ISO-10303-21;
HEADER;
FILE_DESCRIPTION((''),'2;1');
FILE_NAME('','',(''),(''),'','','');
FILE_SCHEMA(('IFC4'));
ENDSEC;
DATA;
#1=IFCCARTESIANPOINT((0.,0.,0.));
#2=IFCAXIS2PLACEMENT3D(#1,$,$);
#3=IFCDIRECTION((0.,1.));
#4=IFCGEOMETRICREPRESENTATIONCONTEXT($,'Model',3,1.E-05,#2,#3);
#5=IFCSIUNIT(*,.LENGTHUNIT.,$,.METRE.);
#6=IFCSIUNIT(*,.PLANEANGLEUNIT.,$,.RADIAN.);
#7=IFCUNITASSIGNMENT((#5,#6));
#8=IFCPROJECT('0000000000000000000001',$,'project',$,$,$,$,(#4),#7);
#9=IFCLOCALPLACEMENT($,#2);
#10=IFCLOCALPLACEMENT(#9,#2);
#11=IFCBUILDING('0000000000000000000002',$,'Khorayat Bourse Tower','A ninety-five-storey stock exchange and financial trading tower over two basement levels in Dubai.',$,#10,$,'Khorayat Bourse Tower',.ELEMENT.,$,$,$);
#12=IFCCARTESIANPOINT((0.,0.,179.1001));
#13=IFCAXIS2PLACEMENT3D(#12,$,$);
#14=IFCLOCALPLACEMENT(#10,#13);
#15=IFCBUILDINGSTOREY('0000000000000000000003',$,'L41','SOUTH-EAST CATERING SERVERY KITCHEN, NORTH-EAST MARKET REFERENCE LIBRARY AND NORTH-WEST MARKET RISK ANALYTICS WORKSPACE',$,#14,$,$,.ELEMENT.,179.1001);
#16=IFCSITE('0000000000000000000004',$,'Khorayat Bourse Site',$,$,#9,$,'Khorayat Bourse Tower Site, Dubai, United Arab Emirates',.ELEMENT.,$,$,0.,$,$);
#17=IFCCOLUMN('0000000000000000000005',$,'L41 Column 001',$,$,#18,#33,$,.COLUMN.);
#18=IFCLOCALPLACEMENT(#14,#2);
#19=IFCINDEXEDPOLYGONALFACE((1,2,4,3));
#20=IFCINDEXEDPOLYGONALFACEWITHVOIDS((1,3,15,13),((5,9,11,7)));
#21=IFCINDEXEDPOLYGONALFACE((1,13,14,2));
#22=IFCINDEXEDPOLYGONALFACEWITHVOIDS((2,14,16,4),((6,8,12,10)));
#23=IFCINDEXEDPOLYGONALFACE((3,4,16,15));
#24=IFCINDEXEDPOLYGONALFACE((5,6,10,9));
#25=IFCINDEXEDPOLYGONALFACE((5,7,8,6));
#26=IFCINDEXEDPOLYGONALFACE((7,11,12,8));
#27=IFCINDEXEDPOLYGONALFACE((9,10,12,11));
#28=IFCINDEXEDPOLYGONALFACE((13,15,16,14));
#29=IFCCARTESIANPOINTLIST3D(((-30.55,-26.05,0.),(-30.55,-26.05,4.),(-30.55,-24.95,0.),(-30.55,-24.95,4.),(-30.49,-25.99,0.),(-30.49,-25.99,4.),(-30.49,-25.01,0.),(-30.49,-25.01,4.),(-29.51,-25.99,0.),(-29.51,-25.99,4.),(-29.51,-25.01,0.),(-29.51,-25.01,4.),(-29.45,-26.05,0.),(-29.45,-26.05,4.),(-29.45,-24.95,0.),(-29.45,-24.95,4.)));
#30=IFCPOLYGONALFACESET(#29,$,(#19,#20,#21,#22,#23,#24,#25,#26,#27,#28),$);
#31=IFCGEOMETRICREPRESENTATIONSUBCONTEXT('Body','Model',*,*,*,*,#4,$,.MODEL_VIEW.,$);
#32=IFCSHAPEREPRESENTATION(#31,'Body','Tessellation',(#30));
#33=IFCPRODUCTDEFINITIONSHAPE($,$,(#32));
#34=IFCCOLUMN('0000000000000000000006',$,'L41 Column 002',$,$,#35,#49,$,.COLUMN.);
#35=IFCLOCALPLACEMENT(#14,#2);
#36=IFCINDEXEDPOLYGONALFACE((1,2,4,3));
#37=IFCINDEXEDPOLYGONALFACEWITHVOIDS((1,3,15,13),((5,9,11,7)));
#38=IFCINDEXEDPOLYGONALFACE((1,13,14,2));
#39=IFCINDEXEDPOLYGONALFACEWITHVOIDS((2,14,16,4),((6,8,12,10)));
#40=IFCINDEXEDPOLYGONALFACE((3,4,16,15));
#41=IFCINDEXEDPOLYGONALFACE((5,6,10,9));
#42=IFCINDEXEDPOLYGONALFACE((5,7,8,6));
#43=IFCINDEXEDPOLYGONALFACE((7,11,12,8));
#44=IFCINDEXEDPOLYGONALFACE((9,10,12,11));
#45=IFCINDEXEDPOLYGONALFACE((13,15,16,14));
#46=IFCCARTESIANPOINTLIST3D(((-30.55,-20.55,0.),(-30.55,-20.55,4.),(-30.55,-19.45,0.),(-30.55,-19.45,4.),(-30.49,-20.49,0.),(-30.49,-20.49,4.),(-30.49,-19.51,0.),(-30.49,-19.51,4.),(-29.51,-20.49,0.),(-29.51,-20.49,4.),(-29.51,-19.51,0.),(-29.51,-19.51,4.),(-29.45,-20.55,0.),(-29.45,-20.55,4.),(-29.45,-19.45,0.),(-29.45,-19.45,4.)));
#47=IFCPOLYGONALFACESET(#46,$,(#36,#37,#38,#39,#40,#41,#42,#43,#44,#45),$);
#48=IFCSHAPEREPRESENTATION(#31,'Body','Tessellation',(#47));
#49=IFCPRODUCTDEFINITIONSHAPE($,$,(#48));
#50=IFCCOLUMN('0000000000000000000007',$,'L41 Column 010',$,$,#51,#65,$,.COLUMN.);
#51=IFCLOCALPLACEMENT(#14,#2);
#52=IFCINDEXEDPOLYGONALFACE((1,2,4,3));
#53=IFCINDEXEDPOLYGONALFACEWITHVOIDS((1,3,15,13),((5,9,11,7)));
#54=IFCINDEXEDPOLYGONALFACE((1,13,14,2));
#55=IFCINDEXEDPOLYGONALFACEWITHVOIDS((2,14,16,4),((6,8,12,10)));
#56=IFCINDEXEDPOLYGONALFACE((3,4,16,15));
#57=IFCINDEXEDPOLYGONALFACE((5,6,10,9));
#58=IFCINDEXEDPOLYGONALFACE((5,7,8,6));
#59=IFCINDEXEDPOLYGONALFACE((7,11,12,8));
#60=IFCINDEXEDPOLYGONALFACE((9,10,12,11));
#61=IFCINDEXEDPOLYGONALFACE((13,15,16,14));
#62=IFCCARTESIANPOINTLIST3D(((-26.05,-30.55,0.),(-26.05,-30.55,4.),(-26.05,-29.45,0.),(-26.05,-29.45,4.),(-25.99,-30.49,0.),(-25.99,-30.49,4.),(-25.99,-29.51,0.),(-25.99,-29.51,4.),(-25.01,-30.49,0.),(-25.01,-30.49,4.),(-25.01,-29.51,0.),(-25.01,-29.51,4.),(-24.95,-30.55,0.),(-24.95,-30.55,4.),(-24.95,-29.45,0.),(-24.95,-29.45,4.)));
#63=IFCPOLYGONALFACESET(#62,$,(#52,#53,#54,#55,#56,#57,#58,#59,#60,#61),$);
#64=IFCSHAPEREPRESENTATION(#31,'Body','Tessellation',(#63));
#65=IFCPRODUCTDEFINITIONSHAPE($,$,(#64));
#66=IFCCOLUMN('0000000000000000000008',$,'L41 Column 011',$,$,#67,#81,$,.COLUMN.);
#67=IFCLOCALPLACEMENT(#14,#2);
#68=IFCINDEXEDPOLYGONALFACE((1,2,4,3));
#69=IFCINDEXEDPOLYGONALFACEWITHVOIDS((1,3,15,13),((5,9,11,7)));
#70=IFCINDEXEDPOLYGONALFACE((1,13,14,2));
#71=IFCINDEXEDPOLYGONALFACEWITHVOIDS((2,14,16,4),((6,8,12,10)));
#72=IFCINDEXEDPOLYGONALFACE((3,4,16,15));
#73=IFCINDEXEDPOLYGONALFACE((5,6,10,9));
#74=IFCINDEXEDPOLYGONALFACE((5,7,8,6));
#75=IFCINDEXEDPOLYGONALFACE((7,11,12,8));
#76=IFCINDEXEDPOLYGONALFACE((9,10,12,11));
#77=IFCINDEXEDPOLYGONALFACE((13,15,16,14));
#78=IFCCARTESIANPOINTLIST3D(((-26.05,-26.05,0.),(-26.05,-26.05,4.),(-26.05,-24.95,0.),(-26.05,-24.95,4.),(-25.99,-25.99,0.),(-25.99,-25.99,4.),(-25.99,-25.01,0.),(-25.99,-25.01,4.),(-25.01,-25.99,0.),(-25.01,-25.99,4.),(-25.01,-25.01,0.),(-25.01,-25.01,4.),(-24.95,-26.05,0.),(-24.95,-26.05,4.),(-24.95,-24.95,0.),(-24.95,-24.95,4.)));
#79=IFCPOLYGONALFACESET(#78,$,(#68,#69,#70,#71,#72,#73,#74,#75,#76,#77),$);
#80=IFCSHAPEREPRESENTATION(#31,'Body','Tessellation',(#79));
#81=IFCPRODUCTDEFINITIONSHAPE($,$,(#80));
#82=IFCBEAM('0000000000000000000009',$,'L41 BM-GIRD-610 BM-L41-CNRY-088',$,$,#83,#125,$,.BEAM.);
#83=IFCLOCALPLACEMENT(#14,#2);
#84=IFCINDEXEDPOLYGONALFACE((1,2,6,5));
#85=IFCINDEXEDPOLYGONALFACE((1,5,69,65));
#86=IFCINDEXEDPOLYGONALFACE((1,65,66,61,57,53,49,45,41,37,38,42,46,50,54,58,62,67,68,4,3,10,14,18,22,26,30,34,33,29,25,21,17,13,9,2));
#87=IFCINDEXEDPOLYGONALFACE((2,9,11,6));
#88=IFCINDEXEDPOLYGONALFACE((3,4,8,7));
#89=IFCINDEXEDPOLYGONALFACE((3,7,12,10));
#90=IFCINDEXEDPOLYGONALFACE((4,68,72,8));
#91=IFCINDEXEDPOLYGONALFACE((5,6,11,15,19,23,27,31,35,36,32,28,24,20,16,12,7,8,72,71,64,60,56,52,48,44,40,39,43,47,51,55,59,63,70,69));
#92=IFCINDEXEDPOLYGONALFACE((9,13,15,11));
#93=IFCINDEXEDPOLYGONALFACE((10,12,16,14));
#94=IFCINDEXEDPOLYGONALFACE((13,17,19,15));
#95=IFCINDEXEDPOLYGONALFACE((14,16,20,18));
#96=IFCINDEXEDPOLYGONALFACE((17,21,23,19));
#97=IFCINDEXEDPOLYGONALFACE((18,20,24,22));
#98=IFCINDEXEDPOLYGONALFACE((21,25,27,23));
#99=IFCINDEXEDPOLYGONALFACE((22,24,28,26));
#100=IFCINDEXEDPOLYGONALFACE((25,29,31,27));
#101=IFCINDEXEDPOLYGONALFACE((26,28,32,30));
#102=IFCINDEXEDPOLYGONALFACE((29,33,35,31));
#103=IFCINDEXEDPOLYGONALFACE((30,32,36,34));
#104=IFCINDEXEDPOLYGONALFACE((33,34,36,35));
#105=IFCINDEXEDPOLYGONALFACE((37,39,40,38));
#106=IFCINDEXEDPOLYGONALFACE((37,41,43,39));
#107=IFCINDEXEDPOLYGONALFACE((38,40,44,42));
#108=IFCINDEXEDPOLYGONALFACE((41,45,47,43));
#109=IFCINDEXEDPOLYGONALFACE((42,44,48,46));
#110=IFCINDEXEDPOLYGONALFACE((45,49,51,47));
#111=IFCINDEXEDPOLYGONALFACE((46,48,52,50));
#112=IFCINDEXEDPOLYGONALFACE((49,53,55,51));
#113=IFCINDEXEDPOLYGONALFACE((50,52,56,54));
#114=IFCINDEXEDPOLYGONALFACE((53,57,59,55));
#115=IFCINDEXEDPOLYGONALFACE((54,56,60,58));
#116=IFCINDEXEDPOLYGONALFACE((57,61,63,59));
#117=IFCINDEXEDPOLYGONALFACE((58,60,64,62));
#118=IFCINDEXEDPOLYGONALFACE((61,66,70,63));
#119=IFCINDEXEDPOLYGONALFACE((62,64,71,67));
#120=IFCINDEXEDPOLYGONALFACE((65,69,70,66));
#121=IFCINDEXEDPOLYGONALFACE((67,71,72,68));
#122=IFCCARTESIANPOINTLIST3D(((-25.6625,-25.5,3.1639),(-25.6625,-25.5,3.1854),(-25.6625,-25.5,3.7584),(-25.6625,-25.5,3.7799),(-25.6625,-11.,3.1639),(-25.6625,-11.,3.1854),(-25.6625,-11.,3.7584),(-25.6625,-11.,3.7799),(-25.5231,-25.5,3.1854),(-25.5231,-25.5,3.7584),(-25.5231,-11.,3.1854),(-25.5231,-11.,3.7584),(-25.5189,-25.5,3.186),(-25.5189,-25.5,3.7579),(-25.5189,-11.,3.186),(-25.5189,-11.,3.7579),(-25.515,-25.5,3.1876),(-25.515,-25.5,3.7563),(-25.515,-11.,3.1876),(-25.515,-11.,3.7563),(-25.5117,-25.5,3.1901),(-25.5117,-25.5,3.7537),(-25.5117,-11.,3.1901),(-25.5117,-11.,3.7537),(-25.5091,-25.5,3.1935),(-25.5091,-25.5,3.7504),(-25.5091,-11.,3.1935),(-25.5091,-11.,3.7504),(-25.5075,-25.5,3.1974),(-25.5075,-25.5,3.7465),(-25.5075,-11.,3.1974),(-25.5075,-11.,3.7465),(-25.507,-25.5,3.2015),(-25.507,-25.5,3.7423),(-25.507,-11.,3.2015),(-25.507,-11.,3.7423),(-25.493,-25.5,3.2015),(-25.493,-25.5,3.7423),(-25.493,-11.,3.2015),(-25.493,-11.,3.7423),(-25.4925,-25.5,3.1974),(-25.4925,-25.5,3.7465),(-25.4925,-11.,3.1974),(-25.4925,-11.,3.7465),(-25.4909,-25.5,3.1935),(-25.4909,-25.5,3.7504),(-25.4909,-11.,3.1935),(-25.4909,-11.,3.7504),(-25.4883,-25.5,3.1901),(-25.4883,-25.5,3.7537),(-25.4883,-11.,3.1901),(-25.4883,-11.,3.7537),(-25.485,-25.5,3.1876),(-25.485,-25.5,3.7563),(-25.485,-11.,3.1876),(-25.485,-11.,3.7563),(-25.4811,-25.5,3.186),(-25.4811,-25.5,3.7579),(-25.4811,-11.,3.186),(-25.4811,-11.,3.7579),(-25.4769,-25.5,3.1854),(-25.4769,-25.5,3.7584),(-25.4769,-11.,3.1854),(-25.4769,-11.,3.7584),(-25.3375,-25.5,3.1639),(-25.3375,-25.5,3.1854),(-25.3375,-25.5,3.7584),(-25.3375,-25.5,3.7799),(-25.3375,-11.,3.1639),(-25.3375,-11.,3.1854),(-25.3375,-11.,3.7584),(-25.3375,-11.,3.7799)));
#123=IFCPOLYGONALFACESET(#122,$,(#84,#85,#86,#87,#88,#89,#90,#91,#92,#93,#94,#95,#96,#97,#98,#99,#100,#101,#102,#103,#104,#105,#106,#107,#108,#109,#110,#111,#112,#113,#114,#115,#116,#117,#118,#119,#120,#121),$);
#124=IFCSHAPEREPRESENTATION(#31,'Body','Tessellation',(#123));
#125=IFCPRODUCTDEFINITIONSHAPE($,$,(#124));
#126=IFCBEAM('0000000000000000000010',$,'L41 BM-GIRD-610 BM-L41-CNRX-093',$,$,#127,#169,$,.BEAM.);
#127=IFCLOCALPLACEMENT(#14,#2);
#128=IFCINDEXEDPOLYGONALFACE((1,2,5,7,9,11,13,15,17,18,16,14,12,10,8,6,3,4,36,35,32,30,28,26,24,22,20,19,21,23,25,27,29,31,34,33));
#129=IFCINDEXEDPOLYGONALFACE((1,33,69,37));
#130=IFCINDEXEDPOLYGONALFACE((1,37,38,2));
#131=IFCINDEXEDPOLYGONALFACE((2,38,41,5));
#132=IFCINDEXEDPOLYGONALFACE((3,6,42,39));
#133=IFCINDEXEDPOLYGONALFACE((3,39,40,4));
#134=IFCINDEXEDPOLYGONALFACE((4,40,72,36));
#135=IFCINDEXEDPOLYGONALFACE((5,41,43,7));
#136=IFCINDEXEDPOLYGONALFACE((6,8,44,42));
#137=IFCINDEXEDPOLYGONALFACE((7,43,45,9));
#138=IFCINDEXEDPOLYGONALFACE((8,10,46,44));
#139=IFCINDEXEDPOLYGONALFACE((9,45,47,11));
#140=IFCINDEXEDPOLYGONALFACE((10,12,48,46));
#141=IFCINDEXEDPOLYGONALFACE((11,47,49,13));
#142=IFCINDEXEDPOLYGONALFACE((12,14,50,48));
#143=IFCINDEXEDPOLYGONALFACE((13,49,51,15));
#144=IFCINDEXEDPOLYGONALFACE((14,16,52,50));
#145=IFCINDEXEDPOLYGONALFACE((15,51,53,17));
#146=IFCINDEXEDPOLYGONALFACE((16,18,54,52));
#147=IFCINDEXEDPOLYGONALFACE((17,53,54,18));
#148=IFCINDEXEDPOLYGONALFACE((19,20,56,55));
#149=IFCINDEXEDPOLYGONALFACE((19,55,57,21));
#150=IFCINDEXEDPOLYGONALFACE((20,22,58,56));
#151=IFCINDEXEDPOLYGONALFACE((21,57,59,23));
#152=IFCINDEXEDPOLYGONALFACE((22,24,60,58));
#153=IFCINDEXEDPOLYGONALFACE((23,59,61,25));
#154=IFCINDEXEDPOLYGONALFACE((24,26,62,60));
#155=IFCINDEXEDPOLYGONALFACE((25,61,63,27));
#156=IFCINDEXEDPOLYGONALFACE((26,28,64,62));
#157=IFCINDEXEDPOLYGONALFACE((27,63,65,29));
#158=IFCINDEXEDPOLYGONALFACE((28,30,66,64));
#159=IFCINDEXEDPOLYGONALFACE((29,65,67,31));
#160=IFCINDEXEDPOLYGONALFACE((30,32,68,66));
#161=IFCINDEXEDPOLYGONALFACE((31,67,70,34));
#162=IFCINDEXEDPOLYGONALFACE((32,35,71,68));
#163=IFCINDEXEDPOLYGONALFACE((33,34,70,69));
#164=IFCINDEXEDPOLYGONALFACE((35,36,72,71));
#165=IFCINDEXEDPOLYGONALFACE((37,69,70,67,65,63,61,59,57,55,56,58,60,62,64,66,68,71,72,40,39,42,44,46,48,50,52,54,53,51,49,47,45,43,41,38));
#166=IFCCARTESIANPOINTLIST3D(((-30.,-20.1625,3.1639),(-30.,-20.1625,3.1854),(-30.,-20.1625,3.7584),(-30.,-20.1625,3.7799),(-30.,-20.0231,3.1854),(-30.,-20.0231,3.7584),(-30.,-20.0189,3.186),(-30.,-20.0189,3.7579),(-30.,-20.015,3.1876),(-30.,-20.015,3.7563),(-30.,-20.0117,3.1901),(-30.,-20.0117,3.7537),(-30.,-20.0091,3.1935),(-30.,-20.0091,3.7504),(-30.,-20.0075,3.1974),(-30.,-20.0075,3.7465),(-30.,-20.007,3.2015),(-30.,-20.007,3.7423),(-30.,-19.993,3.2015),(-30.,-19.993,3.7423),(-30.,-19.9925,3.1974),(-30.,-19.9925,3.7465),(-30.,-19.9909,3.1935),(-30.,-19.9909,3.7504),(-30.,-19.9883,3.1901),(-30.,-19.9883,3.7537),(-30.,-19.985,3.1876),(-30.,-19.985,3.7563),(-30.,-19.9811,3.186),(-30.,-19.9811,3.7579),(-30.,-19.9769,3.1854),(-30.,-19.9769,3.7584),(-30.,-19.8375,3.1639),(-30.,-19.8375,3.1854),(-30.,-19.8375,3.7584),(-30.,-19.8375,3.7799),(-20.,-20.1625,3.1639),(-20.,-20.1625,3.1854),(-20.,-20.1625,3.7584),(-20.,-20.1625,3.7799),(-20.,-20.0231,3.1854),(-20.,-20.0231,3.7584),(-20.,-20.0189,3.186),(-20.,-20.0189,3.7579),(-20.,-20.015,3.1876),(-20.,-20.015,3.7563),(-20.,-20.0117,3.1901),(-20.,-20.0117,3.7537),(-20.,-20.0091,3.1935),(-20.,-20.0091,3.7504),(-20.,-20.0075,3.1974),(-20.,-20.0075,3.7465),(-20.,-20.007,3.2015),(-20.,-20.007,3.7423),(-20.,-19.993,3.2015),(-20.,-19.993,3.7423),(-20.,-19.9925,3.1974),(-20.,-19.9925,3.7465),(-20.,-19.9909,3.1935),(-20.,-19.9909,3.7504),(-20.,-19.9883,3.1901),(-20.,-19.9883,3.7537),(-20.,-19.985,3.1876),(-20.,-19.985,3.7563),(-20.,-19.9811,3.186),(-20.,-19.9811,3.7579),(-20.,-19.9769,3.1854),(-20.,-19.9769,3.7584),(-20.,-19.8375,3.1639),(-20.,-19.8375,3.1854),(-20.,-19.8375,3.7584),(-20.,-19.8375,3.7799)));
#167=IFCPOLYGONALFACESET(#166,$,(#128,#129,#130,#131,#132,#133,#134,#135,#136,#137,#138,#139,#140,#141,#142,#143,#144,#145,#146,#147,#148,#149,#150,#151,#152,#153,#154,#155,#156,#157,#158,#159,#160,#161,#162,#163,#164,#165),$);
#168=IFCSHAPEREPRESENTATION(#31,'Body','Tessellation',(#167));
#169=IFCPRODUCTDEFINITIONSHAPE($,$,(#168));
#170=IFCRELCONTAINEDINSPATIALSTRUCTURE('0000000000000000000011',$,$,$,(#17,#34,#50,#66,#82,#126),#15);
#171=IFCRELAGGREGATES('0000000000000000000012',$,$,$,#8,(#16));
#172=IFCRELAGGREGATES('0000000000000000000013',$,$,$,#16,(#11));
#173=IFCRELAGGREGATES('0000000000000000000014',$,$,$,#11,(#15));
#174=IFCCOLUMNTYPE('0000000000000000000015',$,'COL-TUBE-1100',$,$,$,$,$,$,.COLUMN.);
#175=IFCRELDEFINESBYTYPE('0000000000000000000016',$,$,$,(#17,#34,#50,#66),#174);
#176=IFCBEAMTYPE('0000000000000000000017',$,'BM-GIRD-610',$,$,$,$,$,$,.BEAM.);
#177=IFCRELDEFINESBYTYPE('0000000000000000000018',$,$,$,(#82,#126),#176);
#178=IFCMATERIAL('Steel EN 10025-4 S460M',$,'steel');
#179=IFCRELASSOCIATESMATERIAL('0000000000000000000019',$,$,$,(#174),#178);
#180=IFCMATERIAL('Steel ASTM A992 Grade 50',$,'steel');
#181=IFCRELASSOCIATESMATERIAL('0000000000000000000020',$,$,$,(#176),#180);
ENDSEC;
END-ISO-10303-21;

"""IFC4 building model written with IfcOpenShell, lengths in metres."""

from ifc_helpers import new_model, si_unit, direction, frame, origin, origin_2d, place, context, subcontext, project, spatial, hollow_rectangle, i_section, extrude, source, transform, mapped, material, material_profile, profile_set, type_object, element, save


model = new_model("IFC4")

# Units and contexts
model_context = context("Model", 3, precision=1e-05, world=origin(), true_north=direction((0.0, 1.0)))
body_context = subcontext(model_context, "Body", "Model", "MODEL_VIEW")
ifc_project = project(units=[si_unit("LENGTHUNIT", "METRE"), si_unit("PLANEANGLEUNIT", "RADIAN")], contexts=[model_context])

# Site, building, storey
site_placement = place(None, origin())
site = spatial("IfcSite", under=ifc_project, at=site_placement, Name="Khorayat Bourse Site", LongName="Khorayat Bourse Tower Site, Dubai, United Arab Emirates", CompositionType="ELEMENT", RefElevation=0.0)
building_placement = place(site_placement, origin())
building = spatial("IfcBuilding", under=site, at=building_placement, Name="Khorayat Bourse Tower", Description="A ninety-five-storey stock exchange and financial trading tower over two basement levels in Dubai.", LongName="Khorayat Bourse Tower", CompositionType="ELEMENT")
storey_placement = place(building_placement, frame((0.0, 0.0, 179.1001)))
storey = spatial("IfcBuildingStorey", under=building, at=storey_placement, Name="L41", Description="SOUTH-EAST CATERING SERVERY KITCHEN, NORTH-EAST MARKET REFERENCE LIBRARY AND NORTH-WEST MARKET RISK ANALYTICS WORKSPACE", CompositionType="ELEMENT", Elevation=179.1001)

# Columns
ifc_material_1 = material(Name="Steel EN 10025-4 S460M", Category="steel")
ifc_material_profile_1 = material_profile(ifc_material_1, hollow_rectangle(XDim=1.1001, YDim=1.1001, WallThickness=0.0601, at=origin_2d()), Name="BOX 1100x1100x60")
ifc_profile_set_1 = profile_set([ifc_material_profile_1], Name="Steel EN 10025-4 S460M")
column_type = type_object("IfcColumnType", Name="COL-TUBE-1100", PredefinedType="COLUMN", material=ifc_profile_set_1)
shared_shape_1 = source(origin(), body_context, "Body", "SweptSolid", [
    extrude(hollow_rectangle(XDim=1.1001, YDim=1.1001, WallThickness=0.0601, at=origin_2d()), origin(), (0.0, 0.0, 1.0), 4.0),
])
for number, where, z_axis, x_axis, name in (
    (1, (-30.0, -25.5, 0.0), (0.0, 0.0, 1.0), (1.0, 0.0, 0.0), "L41 Column 001"),
    (2, (-30.0, -20.0, 0.0), (0.0, 0.0, 1.0), (1.0, 0.0, 0.0), "L41 Column 002"),
    (3, (-25.5, -30.0, 0.0), (0.0, 0.0, 1.0), (1.0, 0.0, 0.0), "L41 Column 010"),
    (4, (-25.5, -25.5, 0.0), (0.0, 0.0, 1.0), (1.0, 0.0, 0.0), "L41 Column 011"),
):
    element("IfcColumn", number, at=place(storey_placement, frame(where, z_axis=z_axis, x_axis=x_axis)), inside=storey, type_object=column_type, Name=name, PredefinedType="COLUMN", context=body_context, shape_type="MappedRepresentation", body=[
        mapped(shared_shape_1, transform((0.0, 0.0, 0.0), scale=1.0)),
    ])

# Beams
ifc_material_2 = material(Name="Steel ASTM A992 Grade 50", Category="steel")
ifc_material_profile_2 = material_profile(ifc_material_2, i_section(OverallWidth=0.325, OverallDepth=0.616, WebThickness=0.0139, FlangeThickness=0.0215, FilletRadius=0.0161, at=origin_2d()), Name="W610X174")
ifc_profile_set_2 = profile_set([ifc_material_profile_2], Name="Steel ASTM A992 Grade 50")
beam_type_1 = type_object("IfcBeamType", Name="BM-GIRD-610", PredefinedType="BEAM", material=ifc_profile_set_2)
shared_shape_2 = source(origin(), body_context, "Body", "SweptSolid", [
    extrude(i_section(OverallWidth=0.325, OverallDepth=0.616, WebThickness=0.0139, FlangeThickness=0.0215, FilletRadius=0.0161, at=origin_2d()), origin(), (0.0, 0.0, 1.0), 14.5),
])
beam_1_placement = place(storey_placement, frame((-25.5, -25.5, 3.4719), z_axis=(0.0, 1.0, 0.0), x_axis=(-1.0, 0.0, 0.0)))
element("IfcBeam", 5, at=beam_1_placement, inside=storey, type_object=beam_type_1, Name="L41 BM-GIRD-610 BM-L41-CNRY-088", PredefinedType="BEAM", context=body_context, shape_type="MappedRepresentation", body=[
    mapped(shared_shape_2, transform((0.0, 0.0, 0.0), scale=1.0)),
])
shared_shape_3 = source(origin(), body_context, "Body", "SweptSolid", [
    extrude(i_section(OverallWidth=0.325, OverallDepth=0.616, WebThickness=0.0139, FlangeThickness=0.0215, FilletRadius=0.0161, at=origin_2d()), origin(), (0.0, 0.0, 1.0), 10.0),
])
beam_2_placement = place(storey_placement, frame((-30.0, -20.0, 3.4719), z_axis=(1.0, 0.0, 0.0), x_axis=(0.0, 1.0, 0.0)))
element("IfcBeam", 6, at=beam_2_placement, inside=storey, type_object=beam_type_1, Name="L41 BM-GIRD-610 BM-L41-CNRX-093", PredefinedType="BEAM", context=body_context, shape_type="MappedRepresentation", body=[
    mapped(shared_shape_3, transform((0.0, 0.0, 0.0), scale=1.0)),
])

save(model, "model.ifc")
